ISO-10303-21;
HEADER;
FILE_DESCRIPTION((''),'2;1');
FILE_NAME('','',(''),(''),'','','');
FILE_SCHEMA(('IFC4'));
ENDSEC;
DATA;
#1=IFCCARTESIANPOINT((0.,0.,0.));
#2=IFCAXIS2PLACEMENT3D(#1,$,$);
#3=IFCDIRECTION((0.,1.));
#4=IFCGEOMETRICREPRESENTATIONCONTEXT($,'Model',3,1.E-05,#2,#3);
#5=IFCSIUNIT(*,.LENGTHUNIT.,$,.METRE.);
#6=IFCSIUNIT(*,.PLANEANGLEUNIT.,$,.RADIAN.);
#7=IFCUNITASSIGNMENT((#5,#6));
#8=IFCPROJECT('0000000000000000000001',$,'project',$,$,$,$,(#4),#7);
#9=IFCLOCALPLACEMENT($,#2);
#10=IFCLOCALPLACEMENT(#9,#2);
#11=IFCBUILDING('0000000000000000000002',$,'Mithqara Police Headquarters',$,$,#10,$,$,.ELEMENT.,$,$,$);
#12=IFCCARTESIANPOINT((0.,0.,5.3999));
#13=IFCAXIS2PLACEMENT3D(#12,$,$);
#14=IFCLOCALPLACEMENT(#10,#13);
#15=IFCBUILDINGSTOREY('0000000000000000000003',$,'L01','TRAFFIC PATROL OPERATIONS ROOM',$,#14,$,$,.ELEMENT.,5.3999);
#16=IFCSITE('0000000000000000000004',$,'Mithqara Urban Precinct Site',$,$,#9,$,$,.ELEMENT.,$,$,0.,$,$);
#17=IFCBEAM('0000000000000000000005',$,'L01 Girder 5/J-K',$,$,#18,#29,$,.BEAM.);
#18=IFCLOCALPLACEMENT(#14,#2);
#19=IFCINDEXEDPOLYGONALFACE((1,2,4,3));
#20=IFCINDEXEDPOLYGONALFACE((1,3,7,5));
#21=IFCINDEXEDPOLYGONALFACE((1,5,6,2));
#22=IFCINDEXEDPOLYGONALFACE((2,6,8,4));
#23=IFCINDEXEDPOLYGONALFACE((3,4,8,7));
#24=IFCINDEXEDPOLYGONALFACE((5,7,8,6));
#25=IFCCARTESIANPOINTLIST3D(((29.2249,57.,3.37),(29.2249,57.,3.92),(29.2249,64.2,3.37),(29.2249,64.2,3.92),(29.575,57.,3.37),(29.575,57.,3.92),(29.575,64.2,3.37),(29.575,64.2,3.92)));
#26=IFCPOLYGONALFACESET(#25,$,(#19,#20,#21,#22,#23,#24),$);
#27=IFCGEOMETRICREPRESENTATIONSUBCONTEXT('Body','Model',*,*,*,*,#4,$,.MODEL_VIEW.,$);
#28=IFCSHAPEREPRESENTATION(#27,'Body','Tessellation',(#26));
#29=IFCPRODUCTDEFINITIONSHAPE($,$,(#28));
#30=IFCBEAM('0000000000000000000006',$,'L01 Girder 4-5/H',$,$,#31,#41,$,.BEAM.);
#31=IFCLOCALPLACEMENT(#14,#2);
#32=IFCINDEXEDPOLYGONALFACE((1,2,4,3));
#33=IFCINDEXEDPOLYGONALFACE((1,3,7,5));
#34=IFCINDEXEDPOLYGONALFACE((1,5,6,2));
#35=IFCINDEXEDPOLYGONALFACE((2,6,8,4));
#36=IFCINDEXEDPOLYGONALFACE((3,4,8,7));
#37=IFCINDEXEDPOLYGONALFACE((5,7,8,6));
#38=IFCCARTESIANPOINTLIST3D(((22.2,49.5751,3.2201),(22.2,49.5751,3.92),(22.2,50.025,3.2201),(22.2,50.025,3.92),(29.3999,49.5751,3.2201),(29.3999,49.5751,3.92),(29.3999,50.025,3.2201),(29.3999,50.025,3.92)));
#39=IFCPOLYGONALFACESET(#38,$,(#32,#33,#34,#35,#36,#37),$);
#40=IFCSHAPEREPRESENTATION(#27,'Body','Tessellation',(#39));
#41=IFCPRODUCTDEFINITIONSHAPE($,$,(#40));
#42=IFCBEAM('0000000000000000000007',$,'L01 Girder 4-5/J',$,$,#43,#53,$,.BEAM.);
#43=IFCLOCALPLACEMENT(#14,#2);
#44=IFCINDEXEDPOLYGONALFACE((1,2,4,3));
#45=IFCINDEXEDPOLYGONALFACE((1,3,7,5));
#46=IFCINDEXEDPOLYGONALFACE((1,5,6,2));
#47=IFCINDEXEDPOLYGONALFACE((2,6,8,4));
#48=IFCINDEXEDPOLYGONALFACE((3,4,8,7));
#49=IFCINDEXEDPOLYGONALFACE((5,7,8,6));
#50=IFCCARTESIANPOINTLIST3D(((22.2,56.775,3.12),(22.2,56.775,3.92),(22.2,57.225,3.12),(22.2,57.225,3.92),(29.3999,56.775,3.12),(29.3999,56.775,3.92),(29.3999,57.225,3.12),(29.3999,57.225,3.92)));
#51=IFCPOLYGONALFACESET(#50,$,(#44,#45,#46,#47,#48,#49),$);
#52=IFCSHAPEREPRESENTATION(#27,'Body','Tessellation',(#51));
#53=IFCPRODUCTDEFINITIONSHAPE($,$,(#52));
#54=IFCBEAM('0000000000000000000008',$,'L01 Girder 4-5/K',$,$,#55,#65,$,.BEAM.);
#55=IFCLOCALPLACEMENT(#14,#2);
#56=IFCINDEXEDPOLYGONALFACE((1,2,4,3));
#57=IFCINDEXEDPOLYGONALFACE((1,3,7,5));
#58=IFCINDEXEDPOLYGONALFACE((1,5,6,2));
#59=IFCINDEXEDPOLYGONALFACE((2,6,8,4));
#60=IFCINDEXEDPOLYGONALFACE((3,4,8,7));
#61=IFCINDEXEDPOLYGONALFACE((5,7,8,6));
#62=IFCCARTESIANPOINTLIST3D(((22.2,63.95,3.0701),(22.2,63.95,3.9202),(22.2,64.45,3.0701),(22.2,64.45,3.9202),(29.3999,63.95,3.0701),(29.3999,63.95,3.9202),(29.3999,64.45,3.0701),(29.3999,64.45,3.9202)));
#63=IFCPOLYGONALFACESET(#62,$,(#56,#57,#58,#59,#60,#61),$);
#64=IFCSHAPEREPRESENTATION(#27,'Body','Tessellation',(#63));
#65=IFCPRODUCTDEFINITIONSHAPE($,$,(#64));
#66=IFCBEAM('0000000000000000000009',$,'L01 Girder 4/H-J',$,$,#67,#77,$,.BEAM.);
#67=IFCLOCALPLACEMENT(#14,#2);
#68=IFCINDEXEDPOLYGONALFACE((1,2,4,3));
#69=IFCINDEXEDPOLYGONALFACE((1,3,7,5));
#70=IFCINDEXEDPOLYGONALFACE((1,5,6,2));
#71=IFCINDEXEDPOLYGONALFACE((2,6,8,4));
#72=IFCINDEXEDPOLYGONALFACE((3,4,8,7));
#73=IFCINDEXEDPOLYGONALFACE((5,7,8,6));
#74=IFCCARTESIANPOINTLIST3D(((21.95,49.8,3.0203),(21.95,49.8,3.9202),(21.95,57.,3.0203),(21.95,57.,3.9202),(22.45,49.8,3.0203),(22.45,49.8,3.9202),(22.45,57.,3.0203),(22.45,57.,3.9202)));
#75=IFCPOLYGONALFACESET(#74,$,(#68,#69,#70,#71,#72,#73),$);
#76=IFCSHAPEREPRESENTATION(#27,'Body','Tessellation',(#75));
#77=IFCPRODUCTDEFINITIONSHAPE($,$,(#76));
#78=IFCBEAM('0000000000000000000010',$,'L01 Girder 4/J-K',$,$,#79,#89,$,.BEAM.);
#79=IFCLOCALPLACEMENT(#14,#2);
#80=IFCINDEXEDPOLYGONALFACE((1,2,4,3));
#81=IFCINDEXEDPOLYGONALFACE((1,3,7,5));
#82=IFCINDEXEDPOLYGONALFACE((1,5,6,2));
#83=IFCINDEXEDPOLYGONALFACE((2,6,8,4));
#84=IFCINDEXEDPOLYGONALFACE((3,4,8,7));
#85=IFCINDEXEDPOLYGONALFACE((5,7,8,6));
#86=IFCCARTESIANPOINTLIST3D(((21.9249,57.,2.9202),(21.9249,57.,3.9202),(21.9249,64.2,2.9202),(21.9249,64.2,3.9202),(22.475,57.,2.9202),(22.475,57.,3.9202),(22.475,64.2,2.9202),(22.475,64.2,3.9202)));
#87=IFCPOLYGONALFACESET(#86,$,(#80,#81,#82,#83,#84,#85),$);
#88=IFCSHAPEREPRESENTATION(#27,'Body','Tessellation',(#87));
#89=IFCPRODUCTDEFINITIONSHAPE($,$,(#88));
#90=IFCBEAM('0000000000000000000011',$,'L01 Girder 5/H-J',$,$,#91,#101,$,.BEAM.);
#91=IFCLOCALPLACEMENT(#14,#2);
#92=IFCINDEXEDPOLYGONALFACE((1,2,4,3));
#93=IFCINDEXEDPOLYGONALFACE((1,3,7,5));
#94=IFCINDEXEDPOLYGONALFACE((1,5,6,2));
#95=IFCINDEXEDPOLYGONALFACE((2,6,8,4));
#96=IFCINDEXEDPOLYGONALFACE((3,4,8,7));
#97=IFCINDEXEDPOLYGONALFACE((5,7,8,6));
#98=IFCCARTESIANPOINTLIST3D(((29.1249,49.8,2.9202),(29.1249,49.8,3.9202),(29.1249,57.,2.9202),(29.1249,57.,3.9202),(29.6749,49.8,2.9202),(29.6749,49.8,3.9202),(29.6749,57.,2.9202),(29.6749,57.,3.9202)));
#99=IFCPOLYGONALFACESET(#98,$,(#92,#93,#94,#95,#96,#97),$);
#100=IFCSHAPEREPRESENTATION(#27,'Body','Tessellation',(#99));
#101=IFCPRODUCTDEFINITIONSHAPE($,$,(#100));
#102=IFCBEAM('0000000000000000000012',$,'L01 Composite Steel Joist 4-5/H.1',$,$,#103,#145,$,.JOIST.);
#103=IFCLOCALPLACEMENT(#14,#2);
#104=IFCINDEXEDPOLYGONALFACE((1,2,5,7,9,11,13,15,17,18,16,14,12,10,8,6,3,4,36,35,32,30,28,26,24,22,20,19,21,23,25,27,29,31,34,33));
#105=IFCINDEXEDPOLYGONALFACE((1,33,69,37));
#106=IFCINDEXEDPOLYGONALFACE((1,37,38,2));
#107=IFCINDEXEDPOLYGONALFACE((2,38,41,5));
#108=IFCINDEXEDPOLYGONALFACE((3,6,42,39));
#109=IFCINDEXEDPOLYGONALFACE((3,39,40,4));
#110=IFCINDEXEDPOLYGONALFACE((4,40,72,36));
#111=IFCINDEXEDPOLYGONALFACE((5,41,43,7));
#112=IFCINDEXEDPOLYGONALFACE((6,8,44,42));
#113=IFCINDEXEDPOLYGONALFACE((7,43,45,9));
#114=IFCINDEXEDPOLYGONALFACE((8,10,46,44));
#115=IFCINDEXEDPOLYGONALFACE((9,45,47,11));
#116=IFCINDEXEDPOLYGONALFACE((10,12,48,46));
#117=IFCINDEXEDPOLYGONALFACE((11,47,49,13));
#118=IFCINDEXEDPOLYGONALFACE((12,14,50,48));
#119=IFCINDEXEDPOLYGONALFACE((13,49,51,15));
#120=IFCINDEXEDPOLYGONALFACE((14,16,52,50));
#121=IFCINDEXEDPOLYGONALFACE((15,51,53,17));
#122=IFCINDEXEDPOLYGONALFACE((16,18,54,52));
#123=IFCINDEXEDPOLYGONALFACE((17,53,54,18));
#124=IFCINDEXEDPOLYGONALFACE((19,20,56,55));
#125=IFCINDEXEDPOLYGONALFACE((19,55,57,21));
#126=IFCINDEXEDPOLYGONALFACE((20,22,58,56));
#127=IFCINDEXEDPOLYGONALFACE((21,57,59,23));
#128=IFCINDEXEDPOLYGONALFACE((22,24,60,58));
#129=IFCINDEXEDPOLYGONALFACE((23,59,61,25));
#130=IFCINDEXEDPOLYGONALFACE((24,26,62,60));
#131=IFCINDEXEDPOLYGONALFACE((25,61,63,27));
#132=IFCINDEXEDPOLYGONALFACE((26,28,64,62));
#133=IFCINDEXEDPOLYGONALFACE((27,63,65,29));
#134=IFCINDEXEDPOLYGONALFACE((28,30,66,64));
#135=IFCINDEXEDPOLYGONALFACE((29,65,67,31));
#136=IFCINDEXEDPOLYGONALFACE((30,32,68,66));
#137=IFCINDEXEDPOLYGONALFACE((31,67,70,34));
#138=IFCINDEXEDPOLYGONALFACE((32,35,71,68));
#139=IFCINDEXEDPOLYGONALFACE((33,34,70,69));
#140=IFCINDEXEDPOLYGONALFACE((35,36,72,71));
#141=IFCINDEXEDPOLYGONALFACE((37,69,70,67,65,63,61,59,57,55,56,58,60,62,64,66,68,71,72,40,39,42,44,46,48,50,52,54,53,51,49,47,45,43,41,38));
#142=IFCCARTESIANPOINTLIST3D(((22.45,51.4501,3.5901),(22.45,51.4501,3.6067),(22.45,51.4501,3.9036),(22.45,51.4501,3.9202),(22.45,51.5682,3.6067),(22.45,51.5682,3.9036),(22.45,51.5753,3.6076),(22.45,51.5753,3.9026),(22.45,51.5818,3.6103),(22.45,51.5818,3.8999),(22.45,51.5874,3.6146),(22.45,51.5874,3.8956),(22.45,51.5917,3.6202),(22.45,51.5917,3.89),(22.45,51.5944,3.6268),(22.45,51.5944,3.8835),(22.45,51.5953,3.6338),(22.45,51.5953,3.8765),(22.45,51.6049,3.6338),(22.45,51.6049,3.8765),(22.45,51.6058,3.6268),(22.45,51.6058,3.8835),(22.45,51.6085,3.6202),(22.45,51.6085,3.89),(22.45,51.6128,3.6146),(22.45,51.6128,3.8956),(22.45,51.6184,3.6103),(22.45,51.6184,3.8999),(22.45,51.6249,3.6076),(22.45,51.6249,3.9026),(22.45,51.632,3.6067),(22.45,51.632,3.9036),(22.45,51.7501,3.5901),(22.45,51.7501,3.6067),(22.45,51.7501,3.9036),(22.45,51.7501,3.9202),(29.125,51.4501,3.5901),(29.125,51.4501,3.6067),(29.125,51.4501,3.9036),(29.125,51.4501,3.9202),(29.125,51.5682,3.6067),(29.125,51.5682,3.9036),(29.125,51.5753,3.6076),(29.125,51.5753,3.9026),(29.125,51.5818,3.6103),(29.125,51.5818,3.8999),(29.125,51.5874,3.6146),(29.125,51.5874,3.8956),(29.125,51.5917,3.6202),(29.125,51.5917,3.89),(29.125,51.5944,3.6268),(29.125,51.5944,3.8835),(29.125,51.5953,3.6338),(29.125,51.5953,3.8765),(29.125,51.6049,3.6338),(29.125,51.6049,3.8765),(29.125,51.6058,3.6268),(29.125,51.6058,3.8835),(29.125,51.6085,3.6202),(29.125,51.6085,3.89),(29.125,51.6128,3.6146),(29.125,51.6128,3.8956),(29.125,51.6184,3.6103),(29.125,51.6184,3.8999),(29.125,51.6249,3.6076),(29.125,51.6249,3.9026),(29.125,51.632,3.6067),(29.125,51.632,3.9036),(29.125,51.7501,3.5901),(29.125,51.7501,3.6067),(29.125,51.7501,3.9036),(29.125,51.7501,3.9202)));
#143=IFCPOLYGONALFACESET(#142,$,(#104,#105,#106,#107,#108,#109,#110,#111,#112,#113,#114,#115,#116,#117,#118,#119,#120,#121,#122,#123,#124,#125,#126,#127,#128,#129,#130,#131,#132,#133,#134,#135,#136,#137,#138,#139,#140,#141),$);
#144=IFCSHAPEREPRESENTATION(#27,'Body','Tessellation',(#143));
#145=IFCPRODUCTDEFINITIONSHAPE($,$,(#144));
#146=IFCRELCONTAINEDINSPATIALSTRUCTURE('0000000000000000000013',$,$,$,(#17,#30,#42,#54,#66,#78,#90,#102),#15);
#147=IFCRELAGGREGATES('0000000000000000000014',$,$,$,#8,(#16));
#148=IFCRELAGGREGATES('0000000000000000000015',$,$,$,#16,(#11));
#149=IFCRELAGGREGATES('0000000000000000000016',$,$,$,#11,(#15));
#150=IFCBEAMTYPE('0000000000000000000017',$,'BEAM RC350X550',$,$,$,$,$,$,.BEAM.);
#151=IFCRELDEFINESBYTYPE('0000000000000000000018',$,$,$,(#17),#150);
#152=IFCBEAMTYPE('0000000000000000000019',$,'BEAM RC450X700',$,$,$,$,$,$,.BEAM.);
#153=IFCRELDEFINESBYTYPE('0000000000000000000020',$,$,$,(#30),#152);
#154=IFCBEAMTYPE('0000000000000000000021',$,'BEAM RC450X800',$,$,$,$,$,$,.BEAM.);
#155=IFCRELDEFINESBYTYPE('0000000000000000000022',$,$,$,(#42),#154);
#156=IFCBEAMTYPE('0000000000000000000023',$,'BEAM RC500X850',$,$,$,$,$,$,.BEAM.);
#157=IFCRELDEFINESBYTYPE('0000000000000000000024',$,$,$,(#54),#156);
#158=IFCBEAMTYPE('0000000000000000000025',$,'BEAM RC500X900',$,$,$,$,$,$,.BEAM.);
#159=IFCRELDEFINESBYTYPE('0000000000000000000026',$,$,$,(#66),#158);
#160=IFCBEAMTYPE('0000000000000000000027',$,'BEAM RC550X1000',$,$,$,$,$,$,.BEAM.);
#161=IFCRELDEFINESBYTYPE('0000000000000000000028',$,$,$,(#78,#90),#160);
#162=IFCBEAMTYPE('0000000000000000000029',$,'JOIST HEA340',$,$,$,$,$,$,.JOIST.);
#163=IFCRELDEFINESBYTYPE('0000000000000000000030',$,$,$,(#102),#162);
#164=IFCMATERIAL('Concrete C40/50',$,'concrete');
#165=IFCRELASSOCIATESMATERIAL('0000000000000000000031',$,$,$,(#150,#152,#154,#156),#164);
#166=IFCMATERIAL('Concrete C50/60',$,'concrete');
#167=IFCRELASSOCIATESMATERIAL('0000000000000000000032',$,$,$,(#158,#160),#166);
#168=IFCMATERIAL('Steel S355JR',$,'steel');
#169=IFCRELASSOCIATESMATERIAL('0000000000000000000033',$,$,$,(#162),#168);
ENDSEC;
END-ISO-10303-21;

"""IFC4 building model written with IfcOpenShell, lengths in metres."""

from ifc_helpers import new_model, si_unit, direction, frame, origin, origin_2d, place, context, subcontext, project, spatial, rectangle, i_section, extrude, material, material_profile, profile_set, type_object, element, save


model = new_model("IFC4")

# Units and contexts
model_context = context("Model", 3, precision=1e-05, world=origin(), true_north=direction((0.0, 1.0)))
body_context = subcontext(model_context, "Body", "Model", "MODEL_VIEW")
ifc_project = project(units=[si_unit("LENGTHUNIT", "METRE"), si_unit("PLANEANGLEUNIT", "RADIAN")], contexts=[model_context])

# Site, building, storey
site_placement = place(None, origin())
site = spatial("IfcSite", under=ifc_project, at=site_placement, Name="Mithqara Urban Precinct Site", CompositionType="ELEMENT", RefElevation=0.0)
building_placement = place(site_placement, origin())
building = spatial("IfcBuilding", under=site, at=building_placement, Name="Mithqara Police Headquarters", CompositionType="ELEMENT")
storey_placement = place(building_placement, frame((0.0, 0.0, 5.3999)))
storey = spatial("IfcBuildingStorey", under=building, at=storey_placement, Name="L01", Description="TRAFFIC PATROL OPERATIONS ROOM", CompositionType="ELEMENT", Elevation=5.3999)

# Shared definitions
ifc_material_1 = material(Name="Concrete C50/60", Category="concrete")

# Beams
ifc_material_2 = material(Name="Steel S355JR", Category="steel")
ifc_material_3 = material(Name="Concrete C40/50", Category="concrete")
ifc_material_profile_1 = material_profile(ifc_material_3, rectangle(XDim=0.3501, YDim=0.55, at=origin_2d()), Name="RC 350x550")
ifc_profile_set_1 = profile_set([ifc_material_profile_1], Name="Concrete C40/50")
beam_type_1 = type_object("IfcBeamType", Name="BEAM RC350X550", PredefinedType="BEAM", material=ifc_profile_set_1)
beam_1_placement = place(storey_placement, frame((29.3999, 57.0, 3.645), z_axis=(0.0, 1.0, 0.0), x_axis=(-1.0, 0.0, 0.0)))
element("IfcBeam", 1, at=beam_1_placement, inside=storey, type_object=beam_type_1, Name="L01 Girder 5/J-K", PredefinedType="BEAM", context=body_context, shape_type="SweptSolid", body=[
    extrude(rectangle(XDim=0.3501, YDim=0.55, at=origin_2d()), origin(), (0.0, 0.0, 1.0), 7.2),
])
ifc_material_profile_2 = material_profile(ifc_material_3, rectangle(XDim=0.45, YDim=0.7, at=origin_2d()), Name="RC 450x700")
ifc_profile_set_2 = profile_set([ifc_material_profile_2], Name="Concrete C40/50")
beam_type_2 = type_object("IfcBeamType", Name="BEAM RC450X700", PredefinedType="BEAM", material=ifc_profile_set_2)
beam_2_placement = place(storey_placement, frame((22.2, 49.8, 3.5701), z_axis=(1.0, 0.0, 0.0), x_axis=(0.0, 1.0, 0.0)))
element("IfcBeam", 2, at=beam_2_placement, inside=storey, type_object=beam_type_2, Name="L01 Girder 4-5/H", PredefinedType="BEAM", context=body_context, shape_type="SweptSolid", body=[
    extrude(rectangle(XDim=0.45, YDim=0.7, at=origin_2d()), origin(), (0.0, 0.0, 1.0), 7.2),
])
ifc_material_profile_3 = material_profile(ifc_material_3, rectangle(XDim=0.45, YDim=0.8, at=origin_2d()), Name="RC 450x800")
ifc_profile_set_3 = profile_set([ifc_material_profile_3], Name="Concrete C40/50")
beam_type_3 = type_object("IfcBeamType", Name="BEAM RC450X800", PredefinedType="BEAM", material=ifc_profile_set_3)
beam_3_placement = place(storey_placement, frame((22.2, 57.0, 3.52), z_axis=(1.0, 0.0, 0.0), x_axis=(0.0, 1.0, 0.0)))
element("IfcBeam", 3, at=beam_3_placement, inside=storey, type_object=beam_type_3, Name="L01 Girder 4-5/J", PredefinedType="BEAM", context=body_context, shape_type="SweptSolid", body=[
    extrude(rectangle(XDim=0.45, YDim=0.8, at=origin_2d()), origin(), (0.0, 0.0, 1.0), 7.2),
])
ifc_material_profile_4 = material_profile(ifc_material_3, rectangle(XDim=0.5, YDim=0.8501, at=origin_2d()), Name="RC 500x850")
ifc_profile_set_4 = profile_set([ifc_material_profile_4], Name="Concrete C40/50")
beam_type_4 = type_object("IfcBeamType", Name="BEAM RC500X850", PredefinedType="BEAM", material=ifc_profile_set_4)
beam_4_placement = place(storey_placement, frame((22.2, 64.2, 3.4951), z_axis=(1.0, 0.0, 0.0), x_axis=(0.0, 1.0, 0.0)))
element("IfcBeam", 4, at=beam_4_placement, inside=storey, type_object=beam_type_4, Name="L01 Girder 4-5/K", PredefinedType="BEAM", context=body_context, shape_type="SweptSolid", body=[
    extrude(rectangle(XDim=0.5, YDim=0.8501, at=origin_2d()), origin(), (0.0, 0.0, 1.0), 7.2),
])
ifc_material_profile_5 = material_profile(ifc_material_1, rectangle(XDim=0.5, YDim=0.8999, at=origin_2d()), Name="RC 500x900")
ifc_profile_set_5 = profile_set([ifc_material_profile_5], Name="Concrete C50/60")
beam_type_5 = type_object("IfcBeamType", Name="BEAM RC500X900", PredefinedType="BEAM", material=ifc_profile_set_5)
beam_5_placement = place(storey_placement, frame((22.2, 49.8, 3.4702), z_axis=(0.0, 1.0, 0.0), x_axis=(-1.0, 0.0, 0.0)))
element("IfcBeam", 5, at=beam_5_placement, inside=storey, type_object=beam_type_5, Name="L01 Girder 4/H-J", PredefinedType="BEAM", context=body_context, shape_type="SweptSolid", body=[
    extrude(rectangle(XDim=0.5, YDim=0.8999, at=origin_2d()), origin(), (0.0, 0.0, 1.0), 7.2),
])
ifc_material_profile_6 = material_profile(ifc_material_1, rectangle(XDim=0.55, YDim=1.0, at=origin_2d()), Name="RC 550x1000")
ifc_profile_set_6 = profile_set([ifc_material_profile_6], Name="Concrete C50/60")
beam_type_6 = type_object("IfcBeamType", Name="BEAM RC550X1000", PredefinedType="BEAM", material=ifc_profile_set_6)
for number, where, z_axis, x_axis, name in (
    (6, (22.2, 57.0, 3.4202), (0.0, 1.0, 0.0), (-1.0, 0.0, 0.0), "L01 Girder 4/J-K"),
    (7, (29.3999, 49.8, 3.4202), (0.0, 1.0, 0.0), (-1.0, 0.0, 0.0), "L01 Girder 5/H-J"),
):
    element("IfcBeam", number, at=place(storey_placement, frame(where, z_axis=z_axis, x_axis=x_axis)), inside=storey, type_object=beam_type_6, Name=name, PredefinedType="BEAM", context=body_context, shape_type="SweptSolid", body=[
        extrude(rectangle(XDim=0.55, YDim=1.0, at=origin_2d()), origin(), (0.0, 0.0, 1.0), 7.2),
    ])
ifc_material_profile_7 = material_profile(ifc_material_2, i_section(OverallWidth=0.3, OverallDepth=0.3301, WebThickness=0.0095, FlangeThickness=0.0166, FilletRadius=0.0271, at=origin_2d()), Name="HEA 340")
ifc_profile_set_7 = profile_set([ifc_material_profile_7], Name="Steel S355JR")
beam_type_7 = type_object("IfcBeamType", Name="JOIST HEA340", PredefinedType="JOIST", material=ifc_profile_set_7)
beam_6_placement = place(storey_placement, frame((22.45, 51.6001, 3.7551), z_axis=(1.0, 0.0, 0.0), x_axis=(0.0, 1.0, 0.0)))
element("IfcBeam", 8, at=beam_6_placement, inside=storey, type_object=beam_type_7, Name="L01 Composite Steel Joist 4-5/H.1", PredefinedType="JOIST", context=body_context, shape_type="SweptSolid", body=[
    extrude(i_section(OverallWidth=0.3, OverallDepth=0.3301, WebThickness=0.0095, FlangeThickness=0.0166, FilletRadius=0.0271, at=origin_2d()), origin(), (0.0, 0.0, 1.0), 6.675),
])

save(model, "model.ifc")
